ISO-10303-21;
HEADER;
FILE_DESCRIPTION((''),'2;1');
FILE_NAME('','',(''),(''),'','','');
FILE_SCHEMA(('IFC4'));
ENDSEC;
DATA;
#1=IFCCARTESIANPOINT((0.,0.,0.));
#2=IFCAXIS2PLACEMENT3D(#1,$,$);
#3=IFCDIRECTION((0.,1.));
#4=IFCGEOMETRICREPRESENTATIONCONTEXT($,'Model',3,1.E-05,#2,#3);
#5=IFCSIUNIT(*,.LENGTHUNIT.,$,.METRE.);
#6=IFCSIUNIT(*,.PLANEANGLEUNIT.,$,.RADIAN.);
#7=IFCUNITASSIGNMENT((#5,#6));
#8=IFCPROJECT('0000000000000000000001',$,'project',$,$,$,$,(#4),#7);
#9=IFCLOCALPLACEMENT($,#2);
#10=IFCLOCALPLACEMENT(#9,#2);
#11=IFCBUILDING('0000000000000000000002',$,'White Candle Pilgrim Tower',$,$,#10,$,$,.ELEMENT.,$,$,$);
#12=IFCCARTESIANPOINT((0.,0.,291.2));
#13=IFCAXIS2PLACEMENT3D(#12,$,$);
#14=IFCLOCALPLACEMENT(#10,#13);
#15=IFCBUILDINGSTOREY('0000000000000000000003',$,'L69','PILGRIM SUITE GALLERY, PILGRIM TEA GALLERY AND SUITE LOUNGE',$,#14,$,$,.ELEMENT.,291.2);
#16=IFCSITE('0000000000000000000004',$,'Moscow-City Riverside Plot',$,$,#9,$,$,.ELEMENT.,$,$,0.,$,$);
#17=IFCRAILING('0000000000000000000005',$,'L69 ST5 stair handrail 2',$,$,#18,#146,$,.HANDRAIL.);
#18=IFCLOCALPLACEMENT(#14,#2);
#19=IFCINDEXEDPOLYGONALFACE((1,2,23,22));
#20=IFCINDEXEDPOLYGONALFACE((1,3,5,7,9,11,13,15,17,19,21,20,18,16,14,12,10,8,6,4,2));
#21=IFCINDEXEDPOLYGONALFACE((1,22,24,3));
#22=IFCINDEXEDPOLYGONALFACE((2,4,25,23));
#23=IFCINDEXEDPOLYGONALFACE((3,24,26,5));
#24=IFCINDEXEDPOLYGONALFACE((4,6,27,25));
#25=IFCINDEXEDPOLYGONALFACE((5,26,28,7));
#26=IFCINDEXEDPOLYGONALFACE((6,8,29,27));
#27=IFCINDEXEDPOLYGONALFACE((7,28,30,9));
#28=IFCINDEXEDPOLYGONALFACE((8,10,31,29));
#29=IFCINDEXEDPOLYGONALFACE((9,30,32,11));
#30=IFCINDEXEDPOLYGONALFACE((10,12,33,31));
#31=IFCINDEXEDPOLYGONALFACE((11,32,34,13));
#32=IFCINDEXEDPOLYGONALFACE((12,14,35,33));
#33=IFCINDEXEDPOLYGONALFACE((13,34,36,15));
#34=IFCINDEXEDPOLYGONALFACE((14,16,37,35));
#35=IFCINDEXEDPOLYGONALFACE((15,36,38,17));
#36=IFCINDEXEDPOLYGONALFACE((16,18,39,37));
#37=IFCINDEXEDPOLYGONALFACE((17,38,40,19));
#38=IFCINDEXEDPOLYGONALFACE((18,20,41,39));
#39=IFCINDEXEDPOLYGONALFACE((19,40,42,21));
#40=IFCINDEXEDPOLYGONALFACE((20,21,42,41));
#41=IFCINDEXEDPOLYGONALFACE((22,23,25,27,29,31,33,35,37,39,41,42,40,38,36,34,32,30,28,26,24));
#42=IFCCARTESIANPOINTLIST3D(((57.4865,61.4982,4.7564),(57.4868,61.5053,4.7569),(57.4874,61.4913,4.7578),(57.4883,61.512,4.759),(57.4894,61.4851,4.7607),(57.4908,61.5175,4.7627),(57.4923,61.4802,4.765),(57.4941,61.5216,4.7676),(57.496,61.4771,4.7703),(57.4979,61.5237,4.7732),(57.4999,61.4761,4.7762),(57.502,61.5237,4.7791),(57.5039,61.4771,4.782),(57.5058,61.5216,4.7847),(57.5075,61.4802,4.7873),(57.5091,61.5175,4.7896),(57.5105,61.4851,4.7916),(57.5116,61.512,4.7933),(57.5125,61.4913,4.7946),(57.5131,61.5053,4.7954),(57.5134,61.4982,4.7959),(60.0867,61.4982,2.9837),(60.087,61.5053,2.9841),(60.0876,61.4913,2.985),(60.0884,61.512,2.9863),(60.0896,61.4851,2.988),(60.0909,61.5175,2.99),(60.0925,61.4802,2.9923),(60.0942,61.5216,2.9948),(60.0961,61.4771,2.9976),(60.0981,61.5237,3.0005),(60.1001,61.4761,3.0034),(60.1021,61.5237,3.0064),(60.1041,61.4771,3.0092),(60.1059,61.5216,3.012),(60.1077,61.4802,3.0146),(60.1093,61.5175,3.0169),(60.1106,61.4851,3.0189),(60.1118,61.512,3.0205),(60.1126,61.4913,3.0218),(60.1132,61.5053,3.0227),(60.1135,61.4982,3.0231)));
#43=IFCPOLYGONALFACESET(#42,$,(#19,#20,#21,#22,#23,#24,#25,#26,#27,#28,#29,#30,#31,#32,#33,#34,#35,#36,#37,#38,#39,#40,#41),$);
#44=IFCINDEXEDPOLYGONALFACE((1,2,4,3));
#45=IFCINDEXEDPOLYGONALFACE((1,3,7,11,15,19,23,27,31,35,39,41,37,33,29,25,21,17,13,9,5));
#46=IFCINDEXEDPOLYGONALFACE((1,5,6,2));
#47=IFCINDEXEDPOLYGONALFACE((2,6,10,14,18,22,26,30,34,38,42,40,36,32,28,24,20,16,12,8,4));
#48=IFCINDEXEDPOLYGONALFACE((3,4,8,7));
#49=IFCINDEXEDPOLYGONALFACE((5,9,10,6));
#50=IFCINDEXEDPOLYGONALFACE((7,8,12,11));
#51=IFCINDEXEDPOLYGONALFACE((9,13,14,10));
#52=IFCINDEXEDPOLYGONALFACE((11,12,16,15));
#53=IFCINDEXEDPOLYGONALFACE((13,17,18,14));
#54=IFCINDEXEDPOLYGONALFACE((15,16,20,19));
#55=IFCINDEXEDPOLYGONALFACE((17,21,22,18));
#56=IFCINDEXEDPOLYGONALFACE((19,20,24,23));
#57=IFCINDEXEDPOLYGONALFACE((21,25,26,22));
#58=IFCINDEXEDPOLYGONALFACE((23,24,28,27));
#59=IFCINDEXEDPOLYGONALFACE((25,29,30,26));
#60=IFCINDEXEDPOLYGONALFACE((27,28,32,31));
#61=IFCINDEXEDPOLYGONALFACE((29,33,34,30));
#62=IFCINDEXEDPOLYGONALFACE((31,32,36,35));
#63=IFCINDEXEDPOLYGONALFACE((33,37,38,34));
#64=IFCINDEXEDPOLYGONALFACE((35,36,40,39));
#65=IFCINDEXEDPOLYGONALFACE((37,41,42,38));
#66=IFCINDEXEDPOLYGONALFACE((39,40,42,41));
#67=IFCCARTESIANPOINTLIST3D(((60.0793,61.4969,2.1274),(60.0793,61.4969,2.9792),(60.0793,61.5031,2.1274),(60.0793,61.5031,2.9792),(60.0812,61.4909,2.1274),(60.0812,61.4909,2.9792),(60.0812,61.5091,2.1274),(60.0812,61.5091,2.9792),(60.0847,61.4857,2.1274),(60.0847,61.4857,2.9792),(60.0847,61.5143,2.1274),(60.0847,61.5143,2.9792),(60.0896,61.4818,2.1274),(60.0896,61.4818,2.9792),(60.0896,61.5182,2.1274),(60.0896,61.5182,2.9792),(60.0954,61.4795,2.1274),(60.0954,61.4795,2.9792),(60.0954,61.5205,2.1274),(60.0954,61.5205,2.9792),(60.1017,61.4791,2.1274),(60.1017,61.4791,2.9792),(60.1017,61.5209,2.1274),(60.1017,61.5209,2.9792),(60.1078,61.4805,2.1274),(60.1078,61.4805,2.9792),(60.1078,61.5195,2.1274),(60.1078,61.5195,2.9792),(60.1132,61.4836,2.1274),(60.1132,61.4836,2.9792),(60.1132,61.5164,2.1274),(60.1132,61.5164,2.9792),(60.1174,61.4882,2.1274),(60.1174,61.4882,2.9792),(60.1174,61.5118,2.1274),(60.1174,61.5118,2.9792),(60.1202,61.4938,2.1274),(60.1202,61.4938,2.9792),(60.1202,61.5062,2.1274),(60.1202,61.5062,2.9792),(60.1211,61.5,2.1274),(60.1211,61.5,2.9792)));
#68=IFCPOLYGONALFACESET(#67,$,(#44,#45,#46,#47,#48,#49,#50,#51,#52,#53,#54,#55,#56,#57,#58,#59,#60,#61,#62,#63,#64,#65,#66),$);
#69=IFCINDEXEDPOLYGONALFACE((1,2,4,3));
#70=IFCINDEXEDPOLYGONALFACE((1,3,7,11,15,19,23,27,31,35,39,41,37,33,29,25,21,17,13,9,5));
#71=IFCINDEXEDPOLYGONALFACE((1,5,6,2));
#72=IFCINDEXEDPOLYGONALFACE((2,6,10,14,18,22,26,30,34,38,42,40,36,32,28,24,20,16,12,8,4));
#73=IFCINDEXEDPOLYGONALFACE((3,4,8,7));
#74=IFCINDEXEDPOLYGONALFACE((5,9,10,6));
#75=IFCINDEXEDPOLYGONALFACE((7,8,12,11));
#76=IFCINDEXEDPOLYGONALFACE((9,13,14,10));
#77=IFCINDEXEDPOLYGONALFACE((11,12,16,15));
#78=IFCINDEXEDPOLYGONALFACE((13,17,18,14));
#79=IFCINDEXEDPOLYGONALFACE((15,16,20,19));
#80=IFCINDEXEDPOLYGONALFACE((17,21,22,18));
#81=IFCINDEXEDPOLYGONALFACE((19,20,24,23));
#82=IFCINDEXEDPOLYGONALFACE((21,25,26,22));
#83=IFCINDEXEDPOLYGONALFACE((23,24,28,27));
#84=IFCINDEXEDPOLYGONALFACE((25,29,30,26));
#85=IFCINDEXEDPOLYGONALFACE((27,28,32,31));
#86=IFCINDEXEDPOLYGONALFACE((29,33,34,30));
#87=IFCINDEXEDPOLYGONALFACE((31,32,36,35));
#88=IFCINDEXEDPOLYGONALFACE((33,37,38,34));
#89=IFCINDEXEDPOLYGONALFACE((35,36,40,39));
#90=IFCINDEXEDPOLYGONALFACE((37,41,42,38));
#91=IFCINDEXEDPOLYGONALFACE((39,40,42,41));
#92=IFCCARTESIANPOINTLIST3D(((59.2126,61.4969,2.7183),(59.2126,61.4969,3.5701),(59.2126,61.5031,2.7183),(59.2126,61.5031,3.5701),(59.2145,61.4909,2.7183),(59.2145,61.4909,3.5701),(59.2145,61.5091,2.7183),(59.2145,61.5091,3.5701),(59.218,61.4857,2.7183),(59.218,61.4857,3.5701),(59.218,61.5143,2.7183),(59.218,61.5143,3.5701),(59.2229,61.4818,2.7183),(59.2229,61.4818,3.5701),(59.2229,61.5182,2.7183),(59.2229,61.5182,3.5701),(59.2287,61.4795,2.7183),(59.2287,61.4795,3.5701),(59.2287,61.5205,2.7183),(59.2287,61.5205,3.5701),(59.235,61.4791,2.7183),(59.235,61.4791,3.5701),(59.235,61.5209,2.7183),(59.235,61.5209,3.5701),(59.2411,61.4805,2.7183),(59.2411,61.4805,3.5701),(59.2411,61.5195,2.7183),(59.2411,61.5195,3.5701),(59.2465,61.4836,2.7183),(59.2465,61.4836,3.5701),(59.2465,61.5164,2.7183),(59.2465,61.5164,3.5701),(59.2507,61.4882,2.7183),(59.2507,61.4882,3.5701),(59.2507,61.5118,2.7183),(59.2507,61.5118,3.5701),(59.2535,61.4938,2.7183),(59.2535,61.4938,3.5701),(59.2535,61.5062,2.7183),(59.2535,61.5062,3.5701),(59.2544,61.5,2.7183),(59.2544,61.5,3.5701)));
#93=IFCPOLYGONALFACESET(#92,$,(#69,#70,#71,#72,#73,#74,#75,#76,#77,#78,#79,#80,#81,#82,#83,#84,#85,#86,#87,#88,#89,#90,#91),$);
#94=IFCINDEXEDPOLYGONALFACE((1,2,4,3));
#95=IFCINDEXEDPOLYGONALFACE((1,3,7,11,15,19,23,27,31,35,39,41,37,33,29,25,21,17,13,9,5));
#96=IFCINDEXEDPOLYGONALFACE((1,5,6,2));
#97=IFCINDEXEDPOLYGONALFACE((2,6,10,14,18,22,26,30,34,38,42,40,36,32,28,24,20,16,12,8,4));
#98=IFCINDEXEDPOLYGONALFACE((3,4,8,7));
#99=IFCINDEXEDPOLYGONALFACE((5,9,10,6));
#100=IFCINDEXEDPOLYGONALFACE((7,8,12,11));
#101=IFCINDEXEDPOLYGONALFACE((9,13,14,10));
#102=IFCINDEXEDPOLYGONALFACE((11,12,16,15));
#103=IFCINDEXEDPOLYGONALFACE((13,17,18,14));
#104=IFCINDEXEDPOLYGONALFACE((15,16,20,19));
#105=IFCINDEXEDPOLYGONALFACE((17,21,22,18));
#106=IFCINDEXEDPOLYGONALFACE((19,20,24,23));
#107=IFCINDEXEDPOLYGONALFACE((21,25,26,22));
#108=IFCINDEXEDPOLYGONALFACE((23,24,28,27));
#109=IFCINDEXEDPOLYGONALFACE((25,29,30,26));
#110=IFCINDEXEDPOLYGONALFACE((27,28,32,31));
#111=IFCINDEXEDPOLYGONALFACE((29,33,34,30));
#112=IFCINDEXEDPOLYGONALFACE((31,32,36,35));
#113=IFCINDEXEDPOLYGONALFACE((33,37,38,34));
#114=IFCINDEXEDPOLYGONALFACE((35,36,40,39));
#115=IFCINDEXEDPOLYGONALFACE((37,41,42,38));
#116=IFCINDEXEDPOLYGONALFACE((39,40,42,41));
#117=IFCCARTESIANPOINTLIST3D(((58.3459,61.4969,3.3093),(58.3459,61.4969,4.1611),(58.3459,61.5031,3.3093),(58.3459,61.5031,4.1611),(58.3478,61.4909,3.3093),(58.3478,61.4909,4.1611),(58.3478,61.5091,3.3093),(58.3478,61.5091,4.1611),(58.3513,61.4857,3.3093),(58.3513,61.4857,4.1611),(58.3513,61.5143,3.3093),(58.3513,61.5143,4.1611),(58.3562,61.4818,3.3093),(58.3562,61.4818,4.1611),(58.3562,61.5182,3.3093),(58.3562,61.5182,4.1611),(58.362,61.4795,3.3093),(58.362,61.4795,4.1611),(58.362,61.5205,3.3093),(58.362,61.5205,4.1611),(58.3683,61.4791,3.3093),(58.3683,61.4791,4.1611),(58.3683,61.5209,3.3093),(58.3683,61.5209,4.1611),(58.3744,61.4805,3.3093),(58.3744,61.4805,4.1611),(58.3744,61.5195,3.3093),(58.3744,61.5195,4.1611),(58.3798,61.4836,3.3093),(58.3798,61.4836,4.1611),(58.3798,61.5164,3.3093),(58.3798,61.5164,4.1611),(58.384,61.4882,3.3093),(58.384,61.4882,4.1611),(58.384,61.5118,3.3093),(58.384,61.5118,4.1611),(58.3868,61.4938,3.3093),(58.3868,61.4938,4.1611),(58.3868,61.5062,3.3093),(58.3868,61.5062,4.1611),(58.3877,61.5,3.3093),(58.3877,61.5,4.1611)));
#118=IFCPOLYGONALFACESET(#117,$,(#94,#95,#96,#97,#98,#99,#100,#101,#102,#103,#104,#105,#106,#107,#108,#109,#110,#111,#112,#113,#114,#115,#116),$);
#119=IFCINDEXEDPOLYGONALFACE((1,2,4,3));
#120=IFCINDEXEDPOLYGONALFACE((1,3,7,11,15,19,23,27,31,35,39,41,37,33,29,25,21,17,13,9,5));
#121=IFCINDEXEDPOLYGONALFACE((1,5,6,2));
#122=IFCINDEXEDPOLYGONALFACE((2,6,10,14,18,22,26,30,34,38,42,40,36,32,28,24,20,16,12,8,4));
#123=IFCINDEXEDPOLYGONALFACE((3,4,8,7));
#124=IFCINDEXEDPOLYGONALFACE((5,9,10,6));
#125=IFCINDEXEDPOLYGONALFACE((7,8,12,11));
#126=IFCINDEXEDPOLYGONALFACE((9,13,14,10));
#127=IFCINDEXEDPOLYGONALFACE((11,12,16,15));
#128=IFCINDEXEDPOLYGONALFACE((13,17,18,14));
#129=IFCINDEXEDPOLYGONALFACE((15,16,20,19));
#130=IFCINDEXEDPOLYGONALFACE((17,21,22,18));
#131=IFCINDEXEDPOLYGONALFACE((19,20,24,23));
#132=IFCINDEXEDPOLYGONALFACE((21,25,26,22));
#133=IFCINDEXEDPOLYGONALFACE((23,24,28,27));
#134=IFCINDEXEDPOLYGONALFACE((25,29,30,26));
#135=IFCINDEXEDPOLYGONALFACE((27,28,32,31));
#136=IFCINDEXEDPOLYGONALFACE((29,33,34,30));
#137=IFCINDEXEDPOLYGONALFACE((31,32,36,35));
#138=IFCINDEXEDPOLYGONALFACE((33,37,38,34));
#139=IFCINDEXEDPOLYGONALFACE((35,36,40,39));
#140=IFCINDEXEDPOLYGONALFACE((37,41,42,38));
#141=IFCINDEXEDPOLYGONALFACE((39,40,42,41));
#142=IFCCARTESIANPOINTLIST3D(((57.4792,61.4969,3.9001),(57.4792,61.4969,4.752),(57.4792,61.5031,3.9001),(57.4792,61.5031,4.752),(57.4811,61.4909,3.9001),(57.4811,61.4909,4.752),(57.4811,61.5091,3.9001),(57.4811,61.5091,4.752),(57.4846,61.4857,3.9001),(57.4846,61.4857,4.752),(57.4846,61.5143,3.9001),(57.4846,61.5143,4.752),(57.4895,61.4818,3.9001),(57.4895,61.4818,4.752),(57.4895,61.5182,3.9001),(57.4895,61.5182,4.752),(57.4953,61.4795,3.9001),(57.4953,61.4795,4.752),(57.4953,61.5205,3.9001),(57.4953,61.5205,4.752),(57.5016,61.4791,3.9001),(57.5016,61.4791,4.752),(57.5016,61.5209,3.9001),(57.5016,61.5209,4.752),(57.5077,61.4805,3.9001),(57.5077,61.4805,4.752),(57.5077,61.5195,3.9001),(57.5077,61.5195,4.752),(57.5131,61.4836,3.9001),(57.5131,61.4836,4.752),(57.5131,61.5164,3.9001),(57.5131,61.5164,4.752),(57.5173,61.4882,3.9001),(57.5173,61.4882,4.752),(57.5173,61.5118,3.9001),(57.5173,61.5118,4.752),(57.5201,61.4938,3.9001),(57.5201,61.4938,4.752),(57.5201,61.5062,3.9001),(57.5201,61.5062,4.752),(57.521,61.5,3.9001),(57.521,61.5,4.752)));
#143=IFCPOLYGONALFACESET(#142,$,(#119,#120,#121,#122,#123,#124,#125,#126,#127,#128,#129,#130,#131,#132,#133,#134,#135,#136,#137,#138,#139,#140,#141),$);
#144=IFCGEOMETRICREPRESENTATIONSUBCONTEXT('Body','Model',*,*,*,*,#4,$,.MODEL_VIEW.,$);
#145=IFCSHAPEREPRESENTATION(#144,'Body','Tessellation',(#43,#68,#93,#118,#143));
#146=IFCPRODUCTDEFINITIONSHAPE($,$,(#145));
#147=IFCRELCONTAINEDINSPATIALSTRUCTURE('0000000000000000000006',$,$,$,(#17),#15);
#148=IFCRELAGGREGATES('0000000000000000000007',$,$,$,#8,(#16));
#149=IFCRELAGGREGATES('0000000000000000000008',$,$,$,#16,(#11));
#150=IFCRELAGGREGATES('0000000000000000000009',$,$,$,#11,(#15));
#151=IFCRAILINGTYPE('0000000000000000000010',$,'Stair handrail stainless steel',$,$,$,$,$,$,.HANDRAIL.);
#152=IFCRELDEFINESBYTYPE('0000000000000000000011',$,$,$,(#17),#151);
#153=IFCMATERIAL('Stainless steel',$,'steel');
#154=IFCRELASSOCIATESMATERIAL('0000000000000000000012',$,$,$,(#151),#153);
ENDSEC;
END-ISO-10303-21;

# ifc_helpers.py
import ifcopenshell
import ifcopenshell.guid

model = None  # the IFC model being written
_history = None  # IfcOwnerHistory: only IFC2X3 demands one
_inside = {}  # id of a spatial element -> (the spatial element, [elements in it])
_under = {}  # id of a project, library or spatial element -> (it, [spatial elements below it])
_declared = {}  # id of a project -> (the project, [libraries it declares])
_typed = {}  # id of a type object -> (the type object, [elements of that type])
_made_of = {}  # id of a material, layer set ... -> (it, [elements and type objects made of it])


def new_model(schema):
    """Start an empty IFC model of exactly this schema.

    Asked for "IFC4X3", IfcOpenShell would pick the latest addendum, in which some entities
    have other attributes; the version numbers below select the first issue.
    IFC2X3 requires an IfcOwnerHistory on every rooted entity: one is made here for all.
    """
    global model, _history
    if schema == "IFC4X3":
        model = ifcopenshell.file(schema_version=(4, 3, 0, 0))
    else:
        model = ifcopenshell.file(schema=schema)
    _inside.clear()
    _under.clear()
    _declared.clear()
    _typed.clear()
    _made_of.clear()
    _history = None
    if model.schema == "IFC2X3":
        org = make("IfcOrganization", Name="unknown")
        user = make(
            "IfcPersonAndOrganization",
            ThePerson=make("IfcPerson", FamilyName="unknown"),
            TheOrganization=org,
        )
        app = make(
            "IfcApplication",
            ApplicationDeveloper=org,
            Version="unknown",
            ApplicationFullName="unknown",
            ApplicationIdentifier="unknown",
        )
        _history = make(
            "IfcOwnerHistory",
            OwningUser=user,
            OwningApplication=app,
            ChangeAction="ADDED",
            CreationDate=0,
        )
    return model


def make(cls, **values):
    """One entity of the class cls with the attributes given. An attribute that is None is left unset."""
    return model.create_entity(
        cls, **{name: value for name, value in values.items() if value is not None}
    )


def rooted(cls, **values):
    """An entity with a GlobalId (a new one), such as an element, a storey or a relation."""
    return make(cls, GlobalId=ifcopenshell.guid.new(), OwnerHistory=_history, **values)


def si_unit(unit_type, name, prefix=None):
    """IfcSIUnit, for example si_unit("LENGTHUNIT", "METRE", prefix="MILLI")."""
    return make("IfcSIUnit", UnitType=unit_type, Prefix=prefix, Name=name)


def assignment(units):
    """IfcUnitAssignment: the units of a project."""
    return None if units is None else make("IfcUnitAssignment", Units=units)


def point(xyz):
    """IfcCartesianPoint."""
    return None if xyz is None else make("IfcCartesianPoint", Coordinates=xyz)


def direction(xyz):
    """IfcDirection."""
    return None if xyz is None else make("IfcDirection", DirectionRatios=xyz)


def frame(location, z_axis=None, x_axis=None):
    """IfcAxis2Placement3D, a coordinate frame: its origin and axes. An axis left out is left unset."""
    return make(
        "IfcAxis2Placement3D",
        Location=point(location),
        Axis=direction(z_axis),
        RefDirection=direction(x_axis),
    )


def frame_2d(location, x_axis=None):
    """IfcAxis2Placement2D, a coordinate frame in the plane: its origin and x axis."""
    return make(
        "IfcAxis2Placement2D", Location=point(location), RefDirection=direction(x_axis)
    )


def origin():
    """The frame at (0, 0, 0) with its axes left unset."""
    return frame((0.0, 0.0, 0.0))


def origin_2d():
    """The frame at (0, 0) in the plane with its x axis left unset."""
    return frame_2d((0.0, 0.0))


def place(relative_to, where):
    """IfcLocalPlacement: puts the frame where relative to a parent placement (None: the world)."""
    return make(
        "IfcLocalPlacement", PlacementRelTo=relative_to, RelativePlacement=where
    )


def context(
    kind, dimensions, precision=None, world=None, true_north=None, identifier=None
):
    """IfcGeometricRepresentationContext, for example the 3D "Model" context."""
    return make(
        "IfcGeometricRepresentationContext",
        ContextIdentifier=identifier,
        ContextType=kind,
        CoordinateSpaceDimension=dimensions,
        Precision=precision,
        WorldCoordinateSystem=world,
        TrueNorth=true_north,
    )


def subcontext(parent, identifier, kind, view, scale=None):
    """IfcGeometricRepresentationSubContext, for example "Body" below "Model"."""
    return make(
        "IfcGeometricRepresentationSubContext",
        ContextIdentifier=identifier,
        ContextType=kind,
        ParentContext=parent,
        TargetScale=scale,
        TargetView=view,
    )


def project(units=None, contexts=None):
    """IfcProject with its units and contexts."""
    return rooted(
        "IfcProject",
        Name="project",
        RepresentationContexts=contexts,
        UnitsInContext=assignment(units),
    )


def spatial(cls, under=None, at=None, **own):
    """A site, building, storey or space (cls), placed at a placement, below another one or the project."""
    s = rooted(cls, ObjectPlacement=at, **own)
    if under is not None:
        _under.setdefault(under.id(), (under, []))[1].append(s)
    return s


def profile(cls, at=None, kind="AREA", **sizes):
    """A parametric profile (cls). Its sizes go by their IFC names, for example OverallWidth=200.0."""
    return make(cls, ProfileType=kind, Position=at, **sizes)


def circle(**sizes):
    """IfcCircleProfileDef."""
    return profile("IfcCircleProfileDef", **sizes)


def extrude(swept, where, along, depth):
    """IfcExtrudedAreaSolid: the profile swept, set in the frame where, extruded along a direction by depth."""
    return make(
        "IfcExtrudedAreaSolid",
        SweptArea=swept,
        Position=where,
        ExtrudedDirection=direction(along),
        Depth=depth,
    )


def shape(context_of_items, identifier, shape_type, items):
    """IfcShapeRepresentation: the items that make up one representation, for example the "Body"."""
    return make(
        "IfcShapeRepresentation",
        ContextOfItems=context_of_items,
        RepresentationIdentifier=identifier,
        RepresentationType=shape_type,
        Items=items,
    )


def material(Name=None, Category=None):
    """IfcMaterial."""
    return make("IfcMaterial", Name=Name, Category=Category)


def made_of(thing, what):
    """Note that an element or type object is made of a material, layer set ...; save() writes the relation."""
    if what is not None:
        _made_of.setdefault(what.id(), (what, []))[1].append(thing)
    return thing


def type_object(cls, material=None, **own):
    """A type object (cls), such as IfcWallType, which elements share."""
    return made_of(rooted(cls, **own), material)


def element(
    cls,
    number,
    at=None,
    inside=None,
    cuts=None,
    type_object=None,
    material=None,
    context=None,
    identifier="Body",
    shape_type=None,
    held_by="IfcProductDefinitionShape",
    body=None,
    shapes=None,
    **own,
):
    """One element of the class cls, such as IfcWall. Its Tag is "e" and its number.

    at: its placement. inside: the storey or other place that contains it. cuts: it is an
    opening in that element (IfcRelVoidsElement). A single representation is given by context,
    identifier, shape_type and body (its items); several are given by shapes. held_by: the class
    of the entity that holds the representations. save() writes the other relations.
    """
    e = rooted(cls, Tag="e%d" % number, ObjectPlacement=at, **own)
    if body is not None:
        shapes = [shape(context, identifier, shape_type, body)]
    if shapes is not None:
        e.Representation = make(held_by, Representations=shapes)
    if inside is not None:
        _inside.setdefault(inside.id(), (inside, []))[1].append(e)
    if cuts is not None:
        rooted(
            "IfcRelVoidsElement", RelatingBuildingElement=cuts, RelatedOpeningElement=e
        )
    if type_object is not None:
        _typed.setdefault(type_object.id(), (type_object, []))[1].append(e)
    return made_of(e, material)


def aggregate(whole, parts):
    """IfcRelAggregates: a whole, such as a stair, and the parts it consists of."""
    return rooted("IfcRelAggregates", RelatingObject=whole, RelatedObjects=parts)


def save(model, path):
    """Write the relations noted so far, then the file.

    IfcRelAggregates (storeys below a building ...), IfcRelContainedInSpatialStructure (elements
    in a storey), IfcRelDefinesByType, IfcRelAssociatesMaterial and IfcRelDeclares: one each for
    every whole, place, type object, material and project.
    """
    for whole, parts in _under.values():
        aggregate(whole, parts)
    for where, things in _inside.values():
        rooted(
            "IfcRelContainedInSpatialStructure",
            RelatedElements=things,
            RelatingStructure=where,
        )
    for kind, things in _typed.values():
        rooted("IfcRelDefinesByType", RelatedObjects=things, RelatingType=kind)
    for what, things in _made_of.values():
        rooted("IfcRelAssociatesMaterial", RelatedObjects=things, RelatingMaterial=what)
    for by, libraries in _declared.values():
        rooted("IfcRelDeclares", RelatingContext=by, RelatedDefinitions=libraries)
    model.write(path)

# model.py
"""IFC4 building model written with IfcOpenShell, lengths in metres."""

from ifc_helpers import new_model, si_unit, direction, frame, origin, origin_2d, place, context, subcontext, project, spatial, circle, extrude, material, type_object, element, save


model = new_model("IFC4")

# Units and contexts
model_context = context("Model", 3, precision=1e-05, world=origin(), true_north=direction((0.0, 1.0)))
body_context = subcontext(model_context, "Body", "Model", "MODEL_VIEW")
ifc_project = project(units=[si_unit("LENGTHUNIT", "METRE"), si_unit("PLANEANGLEUNIT", "RADIAN")], contexts=[model_context])

# Site, building, storey
site_placement = place(None, origin())
site = spatial("IfcSite", under=ifc_project, at=site_placement, Name="Moscow-City Riverside Plot", CompositionType="ELEMENT", RefElevation=0.0)
building_placement = place(site_placement, origin())
building = spatial("IfcBuilding", under=site, at=building_placement, Name="White Candle Pilgrim Tower", CompositionType="ELEMENT")
storey_placement = place(building_placement, frame((0.0, 0.0, 291.2)))
storey = spatial("IfcBuildingStorey", under=building, at=storey_placement, Name="L69", Description="PILGRIM SUITE GALLERY, PILGRIM TEA GALLERY AND SUITE LOUNGE", CompositionType="ELEMENT", Elevation=291.2)

# Railing
ifc_material_1 = material(Name="Stainless steel", Category="steel")
railing_type_1 = type_object("IfcRailingType", Name="Stair handrail stainless steel", PredefinedType="HANDRAIL", material=ifc_material_1)
railing_1_placement = place(storey_placement, frame((60.1001, 61.5, 2.1274)))
element("IfcRailing", 1, at=railing_1_placement, inside=storey, type_object=railing_type_1, Name="L69 ST5 stair handrail 2", PredefinedType="HANDRAIL", context=body_context, shape_type="SweptSolid", body=[
    extrude(circle(Radius=0.0239, at=origin_2d()), frame((0.0, 0.0, 0.876), z_axis=(-0.82624, 0.0, 0.563318), x_axis=(0.0, -1.0, 0.0)), (0.0, 0.0, 1.0), 3.147),
    extrude(circle(Radius=0.021, at=origin_2d()), origin(), (0.0, 0.0, 1.0), 0.8518),
    extrude(circle(Radius=0.021, at=origin_2d()), frame((-0.8667, 0.0, 0.5908)), (0.0, 0.0, 1.0), 0.8518),
    extrude(circle(Radius=0.021, at=origin_2d()), frame((-1.7334, 0.0, 1.1819)), (0.0, 0.0, 1.0), 0.8518),
    extrude(circle(Radius=0.021, at=origin_2d()), frame((-2.6001, 0.0, 1.7727)), (0.0, 0.0, 1.0), 0.8518),
])

save(model, "model.ifc")
